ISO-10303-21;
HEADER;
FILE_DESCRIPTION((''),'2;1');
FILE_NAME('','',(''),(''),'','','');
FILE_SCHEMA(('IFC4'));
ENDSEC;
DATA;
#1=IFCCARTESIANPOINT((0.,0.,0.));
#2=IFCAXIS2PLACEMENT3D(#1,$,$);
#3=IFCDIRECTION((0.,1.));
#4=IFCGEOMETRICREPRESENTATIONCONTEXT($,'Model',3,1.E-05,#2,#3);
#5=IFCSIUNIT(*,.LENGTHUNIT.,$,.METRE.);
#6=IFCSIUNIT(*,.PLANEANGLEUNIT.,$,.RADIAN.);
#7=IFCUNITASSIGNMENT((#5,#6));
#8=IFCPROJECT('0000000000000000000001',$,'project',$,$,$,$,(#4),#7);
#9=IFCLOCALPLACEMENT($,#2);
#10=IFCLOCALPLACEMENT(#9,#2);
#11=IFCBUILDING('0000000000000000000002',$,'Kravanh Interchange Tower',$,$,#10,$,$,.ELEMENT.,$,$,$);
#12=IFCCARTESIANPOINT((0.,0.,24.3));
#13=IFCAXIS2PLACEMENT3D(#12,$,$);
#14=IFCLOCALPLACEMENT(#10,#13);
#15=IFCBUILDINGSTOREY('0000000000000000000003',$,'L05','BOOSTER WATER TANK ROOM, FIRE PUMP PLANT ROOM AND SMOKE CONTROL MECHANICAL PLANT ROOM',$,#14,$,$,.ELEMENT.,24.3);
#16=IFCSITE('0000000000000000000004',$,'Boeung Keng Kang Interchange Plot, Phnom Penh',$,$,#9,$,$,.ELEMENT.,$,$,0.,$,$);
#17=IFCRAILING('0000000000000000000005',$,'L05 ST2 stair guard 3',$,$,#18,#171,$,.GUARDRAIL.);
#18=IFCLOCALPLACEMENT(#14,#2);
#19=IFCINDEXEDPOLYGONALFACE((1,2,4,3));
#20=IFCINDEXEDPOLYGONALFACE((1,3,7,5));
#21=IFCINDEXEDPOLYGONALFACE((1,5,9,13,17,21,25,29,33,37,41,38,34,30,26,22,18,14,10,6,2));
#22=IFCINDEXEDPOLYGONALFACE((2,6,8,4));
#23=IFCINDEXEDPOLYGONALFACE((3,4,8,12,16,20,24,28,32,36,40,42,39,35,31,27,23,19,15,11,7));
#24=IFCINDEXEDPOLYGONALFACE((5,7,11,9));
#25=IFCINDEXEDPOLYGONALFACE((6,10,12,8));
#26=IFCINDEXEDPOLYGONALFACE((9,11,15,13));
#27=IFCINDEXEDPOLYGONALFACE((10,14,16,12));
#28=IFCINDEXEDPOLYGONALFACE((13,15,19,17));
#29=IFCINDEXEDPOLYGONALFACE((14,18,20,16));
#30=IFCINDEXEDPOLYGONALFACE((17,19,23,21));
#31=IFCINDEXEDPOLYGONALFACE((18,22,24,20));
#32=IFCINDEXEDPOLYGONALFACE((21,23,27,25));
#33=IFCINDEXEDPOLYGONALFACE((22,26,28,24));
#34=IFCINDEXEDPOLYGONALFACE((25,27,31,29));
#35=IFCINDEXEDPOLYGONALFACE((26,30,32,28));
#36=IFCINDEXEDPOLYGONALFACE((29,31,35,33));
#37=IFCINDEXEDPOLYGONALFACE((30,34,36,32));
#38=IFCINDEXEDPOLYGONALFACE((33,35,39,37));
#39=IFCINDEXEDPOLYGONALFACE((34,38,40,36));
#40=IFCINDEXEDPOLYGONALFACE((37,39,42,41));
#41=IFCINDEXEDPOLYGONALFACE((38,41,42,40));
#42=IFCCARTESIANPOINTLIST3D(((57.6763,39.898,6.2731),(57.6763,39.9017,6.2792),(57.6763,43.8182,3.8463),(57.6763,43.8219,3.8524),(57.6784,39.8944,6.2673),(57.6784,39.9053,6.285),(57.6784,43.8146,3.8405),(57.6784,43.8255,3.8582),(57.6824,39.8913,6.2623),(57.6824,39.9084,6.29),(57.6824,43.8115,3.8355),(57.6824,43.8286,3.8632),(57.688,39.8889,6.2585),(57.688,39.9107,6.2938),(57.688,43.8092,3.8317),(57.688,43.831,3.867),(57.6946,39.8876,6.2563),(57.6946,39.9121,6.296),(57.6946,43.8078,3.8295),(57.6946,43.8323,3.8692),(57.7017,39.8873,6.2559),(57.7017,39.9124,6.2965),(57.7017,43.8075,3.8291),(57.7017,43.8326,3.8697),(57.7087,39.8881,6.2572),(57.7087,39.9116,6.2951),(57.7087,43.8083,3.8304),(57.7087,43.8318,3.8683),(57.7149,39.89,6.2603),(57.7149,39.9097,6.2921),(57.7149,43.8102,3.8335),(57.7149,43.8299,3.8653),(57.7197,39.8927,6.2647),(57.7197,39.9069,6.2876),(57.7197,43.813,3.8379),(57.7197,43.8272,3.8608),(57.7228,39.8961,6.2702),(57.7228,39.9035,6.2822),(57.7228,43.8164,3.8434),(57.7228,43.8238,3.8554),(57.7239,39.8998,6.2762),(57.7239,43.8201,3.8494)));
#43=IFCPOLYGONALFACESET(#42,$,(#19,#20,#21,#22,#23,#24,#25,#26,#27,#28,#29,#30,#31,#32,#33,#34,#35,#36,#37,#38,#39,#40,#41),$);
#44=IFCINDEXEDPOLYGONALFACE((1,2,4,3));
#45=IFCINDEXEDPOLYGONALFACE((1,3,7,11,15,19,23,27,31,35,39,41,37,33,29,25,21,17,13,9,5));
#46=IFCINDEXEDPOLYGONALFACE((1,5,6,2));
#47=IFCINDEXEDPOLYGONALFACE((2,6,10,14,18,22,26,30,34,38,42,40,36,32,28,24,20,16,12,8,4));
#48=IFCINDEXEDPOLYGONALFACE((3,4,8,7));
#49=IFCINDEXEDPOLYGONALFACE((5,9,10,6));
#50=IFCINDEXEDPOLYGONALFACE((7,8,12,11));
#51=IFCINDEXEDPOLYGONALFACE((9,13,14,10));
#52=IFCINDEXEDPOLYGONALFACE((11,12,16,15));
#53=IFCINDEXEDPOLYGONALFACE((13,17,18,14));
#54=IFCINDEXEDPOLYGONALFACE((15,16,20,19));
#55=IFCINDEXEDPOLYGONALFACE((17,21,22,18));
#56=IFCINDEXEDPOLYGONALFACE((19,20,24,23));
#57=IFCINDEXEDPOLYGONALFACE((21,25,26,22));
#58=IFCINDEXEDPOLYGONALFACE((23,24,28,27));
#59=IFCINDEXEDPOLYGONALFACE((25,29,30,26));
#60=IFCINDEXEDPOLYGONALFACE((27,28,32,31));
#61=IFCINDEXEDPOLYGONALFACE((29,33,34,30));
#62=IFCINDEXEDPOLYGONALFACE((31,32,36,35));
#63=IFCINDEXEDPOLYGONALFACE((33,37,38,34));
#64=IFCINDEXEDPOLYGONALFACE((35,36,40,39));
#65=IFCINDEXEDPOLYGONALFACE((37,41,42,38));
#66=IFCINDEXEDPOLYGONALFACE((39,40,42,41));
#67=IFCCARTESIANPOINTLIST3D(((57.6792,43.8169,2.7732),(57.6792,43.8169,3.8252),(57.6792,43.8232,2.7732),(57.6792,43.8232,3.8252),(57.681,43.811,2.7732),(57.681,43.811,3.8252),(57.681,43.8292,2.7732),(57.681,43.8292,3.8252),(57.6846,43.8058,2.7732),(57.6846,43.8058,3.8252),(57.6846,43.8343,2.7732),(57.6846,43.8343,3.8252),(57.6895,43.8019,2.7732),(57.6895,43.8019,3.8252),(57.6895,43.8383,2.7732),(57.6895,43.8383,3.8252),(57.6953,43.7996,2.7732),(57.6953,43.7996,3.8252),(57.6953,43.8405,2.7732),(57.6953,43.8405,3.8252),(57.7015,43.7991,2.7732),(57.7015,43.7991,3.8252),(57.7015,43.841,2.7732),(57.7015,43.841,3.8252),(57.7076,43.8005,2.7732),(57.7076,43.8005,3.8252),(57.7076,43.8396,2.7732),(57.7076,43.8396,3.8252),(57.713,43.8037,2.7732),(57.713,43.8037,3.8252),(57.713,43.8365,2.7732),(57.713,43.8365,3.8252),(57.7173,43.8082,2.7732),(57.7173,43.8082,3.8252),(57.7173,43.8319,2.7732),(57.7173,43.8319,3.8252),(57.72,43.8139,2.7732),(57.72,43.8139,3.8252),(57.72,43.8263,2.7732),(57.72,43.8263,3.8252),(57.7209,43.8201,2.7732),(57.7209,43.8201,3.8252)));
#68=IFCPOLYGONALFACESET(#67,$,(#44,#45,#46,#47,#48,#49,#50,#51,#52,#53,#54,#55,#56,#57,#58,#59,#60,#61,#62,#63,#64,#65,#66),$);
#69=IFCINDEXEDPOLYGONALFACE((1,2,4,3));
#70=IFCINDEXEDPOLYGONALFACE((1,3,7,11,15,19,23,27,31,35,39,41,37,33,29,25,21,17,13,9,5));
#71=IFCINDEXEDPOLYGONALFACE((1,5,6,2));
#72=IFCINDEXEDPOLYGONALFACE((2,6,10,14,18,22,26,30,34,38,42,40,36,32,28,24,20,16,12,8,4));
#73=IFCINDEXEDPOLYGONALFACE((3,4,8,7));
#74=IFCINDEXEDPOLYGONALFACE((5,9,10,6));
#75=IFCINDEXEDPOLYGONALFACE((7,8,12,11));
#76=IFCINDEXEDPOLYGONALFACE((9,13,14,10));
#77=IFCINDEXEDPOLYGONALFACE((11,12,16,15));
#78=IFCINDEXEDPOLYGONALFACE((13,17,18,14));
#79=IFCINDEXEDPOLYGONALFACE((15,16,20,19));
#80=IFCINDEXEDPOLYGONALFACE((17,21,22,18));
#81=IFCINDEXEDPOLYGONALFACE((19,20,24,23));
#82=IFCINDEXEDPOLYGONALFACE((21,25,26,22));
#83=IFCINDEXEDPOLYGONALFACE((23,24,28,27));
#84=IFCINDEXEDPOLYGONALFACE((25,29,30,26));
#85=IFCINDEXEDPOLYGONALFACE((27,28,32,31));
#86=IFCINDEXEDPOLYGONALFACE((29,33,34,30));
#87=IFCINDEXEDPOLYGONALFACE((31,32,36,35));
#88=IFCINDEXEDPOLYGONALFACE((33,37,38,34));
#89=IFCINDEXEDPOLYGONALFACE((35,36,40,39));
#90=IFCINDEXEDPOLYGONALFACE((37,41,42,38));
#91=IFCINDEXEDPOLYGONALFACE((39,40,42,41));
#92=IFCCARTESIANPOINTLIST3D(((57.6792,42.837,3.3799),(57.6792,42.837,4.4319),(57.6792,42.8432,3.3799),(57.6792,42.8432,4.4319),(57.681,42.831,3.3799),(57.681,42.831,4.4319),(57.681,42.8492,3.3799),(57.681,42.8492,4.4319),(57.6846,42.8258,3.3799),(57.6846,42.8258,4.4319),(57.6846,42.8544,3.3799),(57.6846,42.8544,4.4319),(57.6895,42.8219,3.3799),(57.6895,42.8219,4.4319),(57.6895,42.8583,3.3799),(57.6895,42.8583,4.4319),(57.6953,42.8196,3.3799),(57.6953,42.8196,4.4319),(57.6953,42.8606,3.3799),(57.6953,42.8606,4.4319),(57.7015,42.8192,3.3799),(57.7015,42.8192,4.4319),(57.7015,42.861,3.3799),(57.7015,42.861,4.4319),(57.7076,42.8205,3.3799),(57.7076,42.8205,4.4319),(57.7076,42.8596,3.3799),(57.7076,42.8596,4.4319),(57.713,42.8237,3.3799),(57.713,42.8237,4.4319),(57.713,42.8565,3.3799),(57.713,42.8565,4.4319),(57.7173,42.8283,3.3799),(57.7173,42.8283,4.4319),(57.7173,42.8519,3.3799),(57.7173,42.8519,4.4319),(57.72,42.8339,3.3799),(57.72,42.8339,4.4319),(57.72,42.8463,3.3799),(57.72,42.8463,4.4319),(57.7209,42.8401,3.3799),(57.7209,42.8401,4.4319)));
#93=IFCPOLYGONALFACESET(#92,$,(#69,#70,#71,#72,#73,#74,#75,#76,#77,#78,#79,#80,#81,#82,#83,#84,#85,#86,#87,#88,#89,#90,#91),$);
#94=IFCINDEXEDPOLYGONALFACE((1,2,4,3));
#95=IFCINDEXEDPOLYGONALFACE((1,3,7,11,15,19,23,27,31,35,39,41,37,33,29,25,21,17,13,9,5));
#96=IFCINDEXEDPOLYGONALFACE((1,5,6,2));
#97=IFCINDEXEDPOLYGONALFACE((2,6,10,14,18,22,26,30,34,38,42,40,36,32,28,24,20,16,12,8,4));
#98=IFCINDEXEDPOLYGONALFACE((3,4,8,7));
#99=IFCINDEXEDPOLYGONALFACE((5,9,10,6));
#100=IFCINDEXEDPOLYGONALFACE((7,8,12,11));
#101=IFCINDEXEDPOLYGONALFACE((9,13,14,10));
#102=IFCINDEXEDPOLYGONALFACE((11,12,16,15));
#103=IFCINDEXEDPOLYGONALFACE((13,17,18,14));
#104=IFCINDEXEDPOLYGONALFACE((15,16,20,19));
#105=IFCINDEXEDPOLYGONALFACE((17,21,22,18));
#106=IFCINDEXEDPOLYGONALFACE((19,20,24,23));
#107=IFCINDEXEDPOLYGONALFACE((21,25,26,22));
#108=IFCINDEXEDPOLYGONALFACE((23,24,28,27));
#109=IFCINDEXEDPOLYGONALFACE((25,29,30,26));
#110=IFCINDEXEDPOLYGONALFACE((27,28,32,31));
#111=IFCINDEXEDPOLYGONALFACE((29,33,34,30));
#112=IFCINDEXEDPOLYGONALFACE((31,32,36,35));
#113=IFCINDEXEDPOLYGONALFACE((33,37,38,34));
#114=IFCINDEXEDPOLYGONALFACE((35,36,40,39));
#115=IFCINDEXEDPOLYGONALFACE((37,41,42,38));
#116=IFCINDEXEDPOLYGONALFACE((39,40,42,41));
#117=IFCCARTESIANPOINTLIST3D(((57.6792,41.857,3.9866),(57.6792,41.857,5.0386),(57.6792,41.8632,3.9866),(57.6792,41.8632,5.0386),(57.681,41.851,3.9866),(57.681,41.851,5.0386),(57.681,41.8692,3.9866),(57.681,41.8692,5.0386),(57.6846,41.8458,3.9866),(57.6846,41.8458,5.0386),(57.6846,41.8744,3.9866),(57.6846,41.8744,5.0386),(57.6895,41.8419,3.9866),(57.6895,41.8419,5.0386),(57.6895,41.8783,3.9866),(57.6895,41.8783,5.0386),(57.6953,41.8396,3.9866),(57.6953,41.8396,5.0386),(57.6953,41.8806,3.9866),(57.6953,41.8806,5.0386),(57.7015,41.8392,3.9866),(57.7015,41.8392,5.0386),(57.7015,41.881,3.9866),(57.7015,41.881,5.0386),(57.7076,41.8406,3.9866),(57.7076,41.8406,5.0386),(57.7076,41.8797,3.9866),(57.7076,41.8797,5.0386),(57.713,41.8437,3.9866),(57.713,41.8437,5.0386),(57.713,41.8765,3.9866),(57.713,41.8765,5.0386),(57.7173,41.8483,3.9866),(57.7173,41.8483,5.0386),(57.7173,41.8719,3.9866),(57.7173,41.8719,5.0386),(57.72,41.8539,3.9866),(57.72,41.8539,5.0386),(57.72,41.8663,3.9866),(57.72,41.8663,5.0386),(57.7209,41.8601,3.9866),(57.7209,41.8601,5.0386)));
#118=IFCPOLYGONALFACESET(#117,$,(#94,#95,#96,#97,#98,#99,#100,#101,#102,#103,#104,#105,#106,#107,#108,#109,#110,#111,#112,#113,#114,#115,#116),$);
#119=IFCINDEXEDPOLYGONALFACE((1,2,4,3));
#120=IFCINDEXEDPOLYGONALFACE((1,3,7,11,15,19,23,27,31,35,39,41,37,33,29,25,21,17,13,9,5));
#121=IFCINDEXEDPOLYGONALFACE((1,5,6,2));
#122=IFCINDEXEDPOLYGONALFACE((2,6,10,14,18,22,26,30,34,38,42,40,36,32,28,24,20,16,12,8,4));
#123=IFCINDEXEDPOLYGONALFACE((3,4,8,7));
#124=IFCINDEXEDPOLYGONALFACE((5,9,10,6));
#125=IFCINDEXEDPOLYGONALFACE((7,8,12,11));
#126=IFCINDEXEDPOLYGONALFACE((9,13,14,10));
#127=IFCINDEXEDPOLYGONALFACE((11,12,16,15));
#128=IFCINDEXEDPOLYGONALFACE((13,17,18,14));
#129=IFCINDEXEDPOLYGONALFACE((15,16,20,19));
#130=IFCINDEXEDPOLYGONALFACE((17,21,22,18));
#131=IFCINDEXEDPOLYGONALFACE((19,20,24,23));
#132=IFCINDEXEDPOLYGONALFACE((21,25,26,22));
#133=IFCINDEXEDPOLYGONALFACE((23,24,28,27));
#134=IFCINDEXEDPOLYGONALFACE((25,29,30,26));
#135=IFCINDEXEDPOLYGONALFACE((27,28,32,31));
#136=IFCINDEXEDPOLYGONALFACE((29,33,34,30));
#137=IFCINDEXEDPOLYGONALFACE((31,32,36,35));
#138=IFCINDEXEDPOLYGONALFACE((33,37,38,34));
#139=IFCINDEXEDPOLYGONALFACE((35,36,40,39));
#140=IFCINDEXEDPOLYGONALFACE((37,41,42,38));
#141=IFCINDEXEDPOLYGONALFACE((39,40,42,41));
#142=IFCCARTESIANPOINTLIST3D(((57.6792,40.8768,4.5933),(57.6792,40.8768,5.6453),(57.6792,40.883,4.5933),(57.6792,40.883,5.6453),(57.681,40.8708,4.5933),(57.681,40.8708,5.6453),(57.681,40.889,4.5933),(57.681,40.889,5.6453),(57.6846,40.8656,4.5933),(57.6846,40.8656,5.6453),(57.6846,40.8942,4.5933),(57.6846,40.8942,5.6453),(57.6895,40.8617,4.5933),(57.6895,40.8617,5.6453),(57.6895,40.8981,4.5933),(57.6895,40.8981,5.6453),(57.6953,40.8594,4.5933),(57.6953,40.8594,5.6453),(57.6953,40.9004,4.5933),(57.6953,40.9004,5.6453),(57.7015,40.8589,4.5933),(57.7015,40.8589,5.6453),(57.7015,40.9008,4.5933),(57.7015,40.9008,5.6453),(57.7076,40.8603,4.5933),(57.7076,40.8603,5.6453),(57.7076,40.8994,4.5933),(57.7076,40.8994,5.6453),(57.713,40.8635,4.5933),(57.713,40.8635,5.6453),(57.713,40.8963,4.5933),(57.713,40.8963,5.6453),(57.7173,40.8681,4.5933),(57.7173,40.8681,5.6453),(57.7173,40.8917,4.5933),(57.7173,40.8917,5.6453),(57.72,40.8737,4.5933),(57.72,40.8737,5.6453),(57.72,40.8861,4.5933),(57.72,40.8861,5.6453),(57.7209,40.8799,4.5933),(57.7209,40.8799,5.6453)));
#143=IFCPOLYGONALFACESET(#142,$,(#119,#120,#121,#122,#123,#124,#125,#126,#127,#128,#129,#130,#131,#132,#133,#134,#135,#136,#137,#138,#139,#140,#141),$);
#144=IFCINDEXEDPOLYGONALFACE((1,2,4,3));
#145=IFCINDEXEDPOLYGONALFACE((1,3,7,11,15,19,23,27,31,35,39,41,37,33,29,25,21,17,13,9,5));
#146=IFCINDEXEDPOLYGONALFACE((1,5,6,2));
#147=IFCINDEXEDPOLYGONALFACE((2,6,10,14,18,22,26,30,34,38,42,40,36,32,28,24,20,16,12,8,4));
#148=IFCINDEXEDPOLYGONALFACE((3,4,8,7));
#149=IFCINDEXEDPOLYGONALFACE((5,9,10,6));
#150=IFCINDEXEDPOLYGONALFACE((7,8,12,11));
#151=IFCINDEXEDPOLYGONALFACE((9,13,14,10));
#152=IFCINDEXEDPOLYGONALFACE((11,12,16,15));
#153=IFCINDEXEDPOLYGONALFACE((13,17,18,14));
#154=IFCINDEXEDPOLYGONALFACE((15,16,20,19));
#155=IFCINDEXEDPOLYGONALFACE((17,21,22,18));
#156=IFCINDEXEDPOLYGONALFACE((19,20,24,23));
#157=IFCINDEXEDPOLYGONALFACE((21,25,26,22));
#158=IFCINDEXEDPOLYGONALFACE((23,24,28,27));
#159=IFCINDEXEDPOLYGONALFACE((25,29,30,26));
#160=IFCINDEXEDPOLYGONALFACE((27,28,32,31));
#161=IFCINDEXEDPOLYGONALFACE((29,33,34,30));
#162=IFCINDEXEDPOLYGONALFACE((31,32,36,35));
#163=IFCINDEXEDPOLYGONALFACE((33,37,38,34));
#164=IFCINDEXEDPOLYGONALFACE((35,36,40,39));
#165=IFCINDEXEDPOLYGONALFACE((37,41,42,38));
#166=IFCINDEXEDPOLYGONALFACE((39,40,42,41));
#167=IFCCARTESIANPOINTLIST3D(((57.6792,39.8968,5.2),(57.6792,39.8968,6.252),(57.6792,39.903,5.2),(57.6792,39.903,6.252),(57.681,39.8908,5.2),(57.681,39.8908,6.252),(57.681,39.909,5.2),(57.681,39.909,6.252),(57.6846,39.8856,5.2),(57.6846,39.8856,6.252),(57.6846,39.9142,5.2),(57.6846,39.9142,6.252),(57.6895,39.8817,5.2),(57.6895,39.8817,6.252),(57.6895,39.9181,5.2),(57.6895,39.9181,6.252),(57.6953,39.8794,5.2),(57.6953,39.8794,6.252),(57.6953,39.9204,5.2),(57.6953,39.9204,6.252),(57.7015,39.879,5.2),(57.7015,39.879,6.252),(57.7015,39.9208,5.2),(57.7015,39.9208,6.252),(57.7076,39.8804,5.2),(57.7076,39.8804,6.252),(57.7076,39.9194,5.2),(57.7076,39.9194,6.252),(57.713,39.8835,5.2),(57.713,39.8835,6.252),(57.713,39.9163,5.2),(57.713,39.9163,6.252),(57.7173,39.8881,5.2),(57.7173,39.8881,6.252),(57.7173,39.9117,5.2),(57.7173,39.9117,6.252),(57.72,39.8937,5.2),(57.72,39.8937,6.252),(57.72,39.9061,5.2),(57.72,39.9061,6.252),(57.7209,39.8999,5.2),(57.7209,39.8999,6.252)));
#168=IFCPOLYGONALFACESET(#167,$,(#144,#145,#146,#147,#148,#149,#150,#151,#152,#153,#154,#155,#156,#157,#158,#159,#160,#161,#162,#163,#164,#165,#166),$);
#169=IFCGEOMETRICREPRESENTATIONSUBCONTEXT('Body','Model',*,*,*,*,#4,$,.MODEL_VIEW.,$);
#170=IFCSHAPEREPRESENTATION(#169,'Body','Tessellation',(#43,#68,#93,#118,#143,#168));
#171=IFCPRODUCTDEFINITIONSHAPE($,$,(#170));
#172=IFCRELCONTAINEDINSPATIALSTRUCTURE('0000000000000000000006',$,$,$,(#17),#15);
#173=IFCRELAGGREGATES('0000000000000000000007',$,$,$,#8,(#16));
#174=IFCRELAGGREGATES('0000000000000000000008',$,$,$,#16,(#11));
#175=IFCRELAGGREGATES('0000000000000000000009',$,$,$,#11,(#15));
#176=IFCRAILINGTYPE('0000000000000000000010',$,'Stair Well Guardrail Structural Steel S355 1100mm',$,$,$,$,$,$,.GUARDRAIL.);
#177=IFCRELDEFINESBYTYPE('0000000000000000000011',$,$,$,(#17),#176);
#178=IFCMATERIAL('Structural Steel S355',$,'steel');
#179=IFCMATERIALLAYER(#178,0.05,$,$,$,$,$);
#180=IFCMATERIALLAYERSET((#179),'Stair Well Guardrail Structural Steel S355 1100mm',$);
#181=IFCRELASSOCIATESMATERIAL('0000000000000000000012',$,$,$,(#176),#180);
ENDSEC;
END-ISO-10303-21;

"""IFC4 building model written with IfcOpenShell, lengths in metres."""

from ifc_helpers import new_model, si_unit, direction, frame, origin, origin_2d, place, context, subcontext, project, spatial, circle, extrude, material, layer, layer_set, type_object, element, save


model = new_model("IFC4")

# Units and contexts
model_context = context("Model", 3, precision=1e-05, world=origin(), true_north=direction((0.0, 1.0)))
body_context = subcontext(model_context, "Body", "Model", "MODEL_VIEW")
ifc_project = project(units=[si_unit("LENGTHUNIT", "METRE"), si_unit("PLANEANGLEUNIT", "RADIAN")], contexts=[model_context])

# Site, building, storey
site_placement = place(None, origin())
site = spatial("IfcSite", under=ifc_project, at=site_placement, Name="Boeung Keng Kang Interchange Plot, Phnom Penh", CompositionType="ELEMENT", RefElevation=0.0)
building_placement = place(site_placement, origin())
building = spatial("IfcBuilding", under=site, at=building_placement, Name="Kravanh Interchange Tower", CompositionType="ELEMENT")
storey_placement = place(building_placement, frame((0.0, 0.0, 24.3)))
storey = spatial("IfcBuildingStorey", under=building, at=storey_placement, Name="L05", Description="BOOSTER WATER TANK ROOM, FIRE PUMP PLANT ROOM AND SMOKE CONTROL MECHANICAL PLANT ROOM", CompositionType="ELEMENT", Elevation=24.3)

# Railing
ifc_material_1 = material(Name="Structural Steel S355", Category="steel")
ifc_layer_1 = layer(ifc_material_1, 0.05)
ifc_layer_set_1 = layer_set([ifc_layer_1], Name="Stair Well Guardrail Structural Steel S355 1100mm")
railing_type_1 = type_object("IfcRailingType", Name="Stair Well Guardrail Structural Steel S355 1100mm", PredefinedType="GUARDRAIL", material=ifc_layer_set_1)
railing_1_placement = place(storey_placement, frame((57.7, 43.8201, 2.7732)))
element("IfcRailing", 1, at=railing_1_placement, inside=storey, type_object=railing_type_1, Name="L05 ST2 stair guard 3", PredefinedType="GUARDRAIL", context=body_context, shape_type="SweptSolid", body=[
    extrude(circle(Radius=0.0239, at=origin_2d()), frame((0.0, 0.0, 1.0762), z_axis=(0.0, -0.850266, 0.526353), x_axis=(1.0, 0.0, 0.0)), (0.0, 0.0, 1.0), 4.6106),
    extrude(circle(Radius=0.021, at=origin_2d()), origin(), (0.0, 0.0, 1.0), 1.052),
    extrude(circle(Radius=0.021, at=origin_2d()), frame((0.0, -0.98, 0.6067)), (0.0, 0.0, 1.0), 1.052),
    extrude(circle(Radius=0.021, at=origin_2d()), frame((0.0, -1.96, 1.2134)), (0.0, 0.0, 1.0), 1.052),
    extrude(circle(Radius=0.021, at=origin_2d()), frame((0.0, -2.9402, 1.8201)), (0.0, 0.0, 1.0), 1.052),
    extrude(circle(Radius=0.021, at=origin_2d()), frame((0.0, -3.9202, 2.4268)), (0.0, 0.0, 1.0), 1.052),
])

save(model, "model.ifc")
